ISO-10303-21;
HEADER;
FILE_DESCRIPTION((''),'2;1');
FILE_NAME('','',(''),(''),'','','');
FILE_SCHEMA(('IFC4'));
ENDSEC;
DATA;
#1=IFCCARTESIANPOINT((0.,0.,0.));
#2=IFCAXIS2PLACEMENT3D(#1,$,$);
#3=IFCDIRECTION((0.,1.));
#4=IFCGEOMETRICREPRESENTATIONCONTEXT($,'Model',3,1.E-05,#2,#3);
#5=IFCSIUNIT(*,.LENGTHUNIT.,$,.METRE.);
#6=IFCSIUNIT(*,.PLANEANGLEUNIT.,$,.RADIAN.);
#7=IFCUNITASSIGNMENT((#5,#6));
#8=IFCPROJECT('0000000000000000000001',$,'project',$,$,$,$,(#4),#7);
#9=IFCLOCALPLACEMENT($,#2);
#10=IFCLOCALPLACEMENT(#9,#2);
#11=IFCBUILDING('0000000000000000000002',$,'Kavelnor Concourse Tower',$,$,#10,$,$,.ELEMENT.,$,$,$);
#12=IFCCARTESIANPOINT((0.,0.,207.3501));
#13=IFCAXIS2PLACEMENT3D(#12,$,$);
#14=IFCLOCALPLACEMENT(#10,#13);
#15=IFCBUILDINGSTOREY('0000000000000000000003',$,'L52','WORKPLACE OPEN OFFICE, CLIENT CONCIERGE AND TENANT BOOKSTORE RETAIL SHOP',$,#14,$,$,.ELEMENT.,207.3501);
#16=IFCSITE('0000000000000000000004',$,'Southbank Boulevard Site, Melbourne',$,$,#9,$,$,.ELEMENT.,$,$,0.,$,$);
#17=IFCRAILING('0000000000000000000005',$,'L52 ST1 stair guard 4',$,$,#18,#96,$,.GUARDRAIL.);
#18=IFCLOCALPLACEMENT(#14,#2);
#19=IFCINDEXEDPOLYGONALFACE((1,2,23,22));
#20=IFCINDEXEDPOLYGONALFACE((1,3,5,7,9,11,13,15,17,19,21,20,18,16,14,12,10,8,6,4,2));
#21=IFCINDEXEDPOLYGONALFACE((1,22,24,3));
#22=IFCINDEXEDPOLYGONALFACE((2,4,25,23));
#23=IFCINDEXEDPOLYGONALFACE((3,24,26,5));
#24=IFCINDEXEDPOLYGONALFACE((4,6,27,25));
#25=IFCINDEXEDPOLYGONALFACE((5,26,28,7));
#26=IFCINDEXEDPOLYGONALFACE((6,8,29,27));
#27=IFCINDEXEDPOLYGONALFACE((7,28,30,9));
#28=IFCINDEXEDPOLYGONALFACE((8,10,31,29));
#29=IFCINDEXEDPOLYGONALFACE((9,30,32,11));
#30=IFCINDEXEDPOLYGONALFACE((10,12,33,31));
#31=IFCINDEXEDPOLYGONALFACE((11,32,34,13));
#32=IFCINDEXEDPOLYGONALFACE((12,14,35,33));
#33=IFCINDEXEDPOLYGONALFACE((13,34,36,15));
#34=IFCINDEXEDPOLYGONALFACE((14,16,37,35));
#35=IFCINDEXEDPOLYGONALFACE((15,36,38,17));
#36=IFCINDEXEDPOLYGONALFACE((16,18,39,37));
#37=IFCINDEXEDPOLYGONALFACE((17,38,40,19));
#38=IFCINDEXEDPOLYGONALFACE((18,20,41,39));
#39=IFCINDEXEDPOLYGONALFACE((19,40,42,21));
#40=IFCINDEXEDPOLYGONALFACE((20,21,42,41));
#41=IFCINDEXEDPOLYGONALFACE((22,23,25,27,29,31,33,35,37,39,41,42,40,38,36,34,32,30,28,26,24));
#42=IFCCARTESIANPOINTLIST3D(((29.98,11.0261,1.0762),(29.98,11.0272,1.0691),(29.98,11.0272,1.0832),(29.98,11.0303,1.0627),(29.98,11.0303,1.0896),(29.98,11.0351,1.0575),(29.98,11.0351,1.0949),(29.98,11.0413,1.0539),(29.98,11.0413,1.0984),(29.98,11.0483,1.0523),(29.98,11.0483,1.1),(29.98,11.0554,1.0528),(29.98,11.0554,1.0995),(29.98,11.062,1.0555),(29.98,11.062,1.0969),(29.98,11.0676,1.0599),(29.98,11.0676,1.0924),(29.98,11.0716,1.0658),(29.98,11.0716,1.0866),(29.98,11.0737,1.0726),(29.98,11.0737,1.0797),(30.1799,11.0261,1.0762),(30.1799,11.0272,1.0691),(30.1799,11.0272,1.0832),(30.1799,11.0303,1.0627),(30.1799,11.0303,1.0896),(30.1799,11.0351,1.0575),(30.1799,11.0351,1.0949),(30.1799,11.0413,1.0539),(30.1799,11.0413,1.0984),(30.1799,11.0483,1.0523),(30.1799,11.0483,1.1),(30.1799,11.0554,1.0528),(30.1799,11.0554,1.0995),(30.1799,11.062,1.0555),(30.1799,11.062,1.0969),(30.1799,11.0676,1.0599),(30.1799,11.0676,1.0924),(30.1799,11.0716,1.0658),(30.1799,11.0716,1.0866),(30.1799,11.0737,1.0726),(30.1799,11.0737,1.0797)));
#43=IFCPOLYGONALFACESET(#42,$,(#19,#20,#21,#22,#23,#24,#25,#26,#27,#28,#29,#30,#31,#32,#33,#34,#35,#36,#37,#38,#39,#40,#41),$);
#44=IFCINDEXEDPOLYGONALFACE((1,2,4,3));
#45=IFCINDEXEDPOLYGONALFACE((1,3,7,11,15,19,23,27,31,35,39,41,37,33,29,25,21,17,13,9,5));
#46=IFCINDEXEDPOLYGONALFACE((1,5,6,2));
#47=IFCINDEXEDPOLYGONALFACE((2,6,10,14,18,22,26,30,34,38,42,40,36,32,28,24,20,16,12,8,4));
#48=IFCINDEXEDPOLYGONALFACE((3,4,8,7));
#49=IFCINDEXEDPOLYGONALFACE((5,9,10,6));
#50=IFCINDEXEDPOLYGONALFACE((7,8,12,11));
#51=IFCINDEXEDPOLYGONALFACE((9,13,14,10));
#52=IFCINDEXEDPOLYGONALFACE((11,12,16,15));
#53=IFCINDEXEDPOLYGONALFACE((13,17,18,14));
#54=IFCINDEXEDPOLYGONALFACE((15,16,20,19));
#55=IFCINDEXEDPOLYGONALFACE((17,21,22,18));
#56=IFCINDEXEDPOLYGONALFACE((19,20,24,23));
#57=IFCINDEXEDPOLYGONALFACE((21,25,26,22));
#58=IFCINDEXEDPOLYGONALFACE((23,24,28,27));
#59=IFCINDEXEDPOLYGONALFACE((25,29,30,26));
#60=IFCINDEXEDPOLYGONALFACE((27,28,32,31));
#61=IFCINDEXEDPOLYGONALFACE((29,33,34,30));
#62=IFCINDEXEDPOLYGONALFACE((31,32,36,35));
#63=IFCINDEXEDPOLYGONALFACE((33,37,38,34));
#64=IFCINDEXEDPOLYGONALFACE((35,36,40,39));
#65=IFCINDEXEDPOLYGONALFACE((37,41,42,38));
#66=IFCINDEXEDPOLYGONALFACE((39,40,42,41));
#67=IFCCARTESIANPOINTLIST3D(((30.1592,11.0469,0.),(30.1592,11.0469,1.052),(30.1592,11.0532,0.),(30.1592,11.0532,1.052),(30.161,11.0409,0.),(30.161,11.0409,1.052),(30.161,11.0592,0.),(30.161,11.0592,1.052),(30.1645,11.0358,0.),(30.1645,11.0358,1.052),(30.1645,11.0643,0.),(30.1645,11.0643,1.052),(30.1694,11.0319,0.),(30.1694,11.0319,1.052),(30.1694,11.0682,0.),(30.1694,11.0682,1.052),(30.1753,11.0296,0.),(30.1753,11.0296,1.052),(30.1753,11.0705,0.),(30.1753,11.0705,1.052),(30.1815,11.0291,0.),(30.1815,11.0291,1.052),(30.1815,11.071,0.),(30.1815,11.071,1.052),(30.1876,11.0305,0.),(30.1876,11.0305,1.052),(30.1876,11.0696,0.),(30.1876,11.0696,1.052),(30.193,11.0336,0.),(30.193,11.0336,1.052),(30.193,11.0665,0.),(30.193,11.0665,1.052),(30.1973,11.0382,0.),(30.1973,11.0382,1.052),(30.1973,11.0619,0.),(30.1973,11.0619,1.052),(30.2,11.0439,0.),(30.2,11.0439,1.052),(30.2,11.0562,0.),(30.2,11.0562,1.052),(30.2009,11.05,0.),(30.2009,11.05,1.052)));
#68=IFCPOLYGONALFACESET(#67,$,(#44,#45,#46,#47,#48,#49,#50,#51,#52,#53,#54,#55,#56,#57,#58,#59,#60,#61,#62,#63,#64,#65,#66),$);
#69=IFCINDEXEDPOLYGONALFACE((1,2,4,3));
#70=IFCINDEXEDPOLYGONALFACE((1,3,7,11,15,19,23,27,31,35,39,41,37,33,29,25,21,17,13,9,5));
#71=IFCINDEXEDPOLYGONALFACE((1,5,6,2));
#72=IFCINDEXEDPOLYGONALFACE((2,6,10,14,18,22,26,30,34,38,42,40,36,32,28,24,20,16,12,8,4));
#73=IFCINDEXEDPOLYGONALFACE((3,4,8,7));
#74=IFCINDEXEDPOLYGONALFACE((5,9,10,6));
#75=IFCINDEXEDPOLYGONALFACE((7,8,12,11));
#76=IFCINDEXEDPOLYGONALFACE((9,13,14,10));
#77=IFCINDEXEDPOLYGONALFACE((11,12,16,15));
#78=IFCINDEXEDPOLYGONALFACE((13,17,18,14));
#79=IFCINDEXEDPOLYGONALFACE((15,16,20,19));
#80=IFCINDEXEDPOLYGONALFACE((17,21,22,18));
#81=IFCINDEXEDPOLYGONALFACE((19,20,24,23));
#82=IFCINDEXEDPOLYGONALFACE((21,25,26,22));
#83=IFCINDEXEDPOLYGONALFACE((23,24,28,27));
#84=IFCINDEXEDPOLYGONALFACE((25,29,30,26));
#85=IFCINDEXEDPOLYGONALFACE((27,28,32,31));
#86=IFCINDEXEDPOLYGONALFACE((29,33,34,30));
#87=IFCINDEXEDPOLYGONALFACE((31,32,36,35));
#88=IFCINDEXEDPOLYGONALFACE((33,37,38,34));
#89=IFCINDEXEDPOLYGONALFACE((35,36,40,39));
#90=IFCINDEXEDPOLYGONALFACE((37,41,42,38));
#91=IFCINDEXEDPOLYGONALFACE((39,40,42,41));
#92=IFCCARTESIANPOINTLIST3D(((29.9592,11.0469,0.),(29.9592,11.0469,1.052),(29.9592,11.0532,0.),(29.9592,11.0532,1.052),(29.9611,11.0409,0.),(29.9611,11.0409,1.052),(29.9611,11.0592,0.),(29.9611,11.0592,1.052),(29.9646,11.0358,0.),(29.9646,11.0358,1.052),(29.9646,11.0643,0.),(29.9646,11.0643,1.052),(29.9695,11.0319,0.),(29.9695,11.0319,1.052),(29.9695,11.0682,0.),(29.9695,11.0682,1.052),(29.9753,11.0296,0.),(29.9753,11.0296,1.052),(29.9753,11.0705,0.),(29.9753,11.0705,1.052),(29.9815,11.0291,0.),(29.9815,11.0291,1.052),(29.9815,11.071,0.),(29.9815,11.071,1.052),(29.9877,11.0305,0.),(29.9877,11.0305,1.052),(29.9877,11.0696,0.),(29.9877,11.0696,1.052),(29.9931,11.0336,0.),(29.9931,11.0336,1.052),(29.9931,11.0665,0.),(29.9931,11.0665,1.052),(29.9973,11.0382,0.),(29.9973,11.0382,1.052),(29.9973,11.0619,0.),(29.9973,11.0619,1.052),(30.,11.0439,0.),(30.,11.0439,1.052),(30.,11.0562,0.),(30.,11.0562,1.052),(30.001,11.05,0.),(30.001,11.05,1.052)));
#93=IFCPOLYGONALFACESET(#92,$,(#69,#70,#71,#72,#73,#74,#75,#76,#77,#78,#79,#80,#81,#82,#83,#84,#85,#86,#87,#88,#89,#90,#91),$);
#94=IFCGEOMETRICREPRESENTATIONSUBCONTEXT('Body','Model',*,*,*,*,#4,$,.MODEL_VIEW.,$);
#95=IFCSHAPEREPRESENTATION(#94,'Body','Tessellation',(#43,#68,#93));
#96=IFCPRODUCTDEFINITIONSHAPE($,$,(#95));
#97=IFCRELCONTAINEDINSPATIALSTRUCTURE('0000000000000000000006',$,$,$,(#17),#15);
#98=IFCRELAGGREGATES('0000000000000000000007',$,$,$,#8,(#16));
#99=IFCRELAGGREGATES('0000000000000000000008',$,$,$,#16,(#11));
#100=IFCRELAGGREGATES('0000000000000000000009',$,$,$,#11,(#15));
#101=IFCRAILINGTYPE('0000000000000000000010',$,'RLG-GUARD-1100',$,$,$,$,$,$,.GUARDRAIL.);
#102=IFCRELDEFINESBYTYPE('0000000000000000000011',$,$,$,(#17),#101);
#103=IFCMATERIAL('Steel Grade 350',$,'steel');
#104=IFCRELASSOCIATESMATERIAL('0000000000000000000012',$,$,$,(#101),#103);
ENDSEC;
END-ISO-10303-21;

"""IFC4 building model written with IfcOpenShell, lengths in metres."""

from ifc_helpers import new_model, si_unit, direction, frame, origin, origin_2d, place, context, subcontext, project, spatial, circle, extrude, material, type_object, element, save


model = new_model("IFC4")

# Units and contexts
model_context = context("Model", 3, precision=1e-05, world=origin(), true_north=direction((0.0, 1.0)))
body_context = subcontext(model_context, "Body", "Model", "MODEL_VIEW")
ifc_project = project(units=[si_unit("LENGTHUNIT", "METRE"), si_unit("PLANEANGLEUNIT", "RADIAN")], contexts=[model_context])

# Site, building, storey
site_placement = place(None, origin())
site = spatial("IfcSite", under=ifc_project, at=site_placement, Name="Southbank Boulevard Site, Melbourne", CompositionType="ELEMENT", RefElevation=0.0)
building_placement = place(site_placement, origin())
building = spatial("IfcBuilding", under=site, at=building_placement, Name="Kavelnor Concourse Tower", CompositionType="ELEMENT")
storey_placement = place(building_placement, frame((0.0, 0.0, 207.3501)))
storey = spatial("IfcBuildingStorey", under=building, at=storey_placement, Name="L52", Description="WORKPLACE OPEN OFFICE, CLIENT CONCIERGE AND TENANT BOOKSTORE RETAIL SHOP", CompositionType="ELEMENT", Elevation=207.3501)

# Shared definitions
ifc_material_1 = material(Name="Steel Grade 350", Category="steel")

# Railing
railing_type_1 = type_object("IfcRailingType", Name="RLG-GUARD-1100", PredefinedType="GUARDRAIL", material=ifc_material_1)
railing_1_placement = place(storey_placement, frame((30.1799, 11.05, 0.0)))
element("IfcRailing", 1, at=railing_1_placement, inside=storey, type_object=railing_type_1, Name="L52 ST1 stair guard 4", PredefinedType="GUARDRAIL", context=body_context, shape_type="SweptSolid", body=[
    extrude(circle(Radius=0.0239, at=origin_2d()), frame((0.0, 0.0, 1.0762), z_axis=(-1.0, 0.0, 0.0), x_axis=(0.0, -1.0, 0.0)), (0.0, 0.0, 1.0), 0.2),
    extrude(circle(Radius=0.021, at=origin_2d()), origin(), (0.0, 0.0, 1.0), 1.052),
    extrude(circle(Radius=0.021, at=origin_2d()), frame((-0.2, 0.0, 0.0)), (0.0, 0.0, 1.0), 1.052),
])

save(model, "model.ifc")
